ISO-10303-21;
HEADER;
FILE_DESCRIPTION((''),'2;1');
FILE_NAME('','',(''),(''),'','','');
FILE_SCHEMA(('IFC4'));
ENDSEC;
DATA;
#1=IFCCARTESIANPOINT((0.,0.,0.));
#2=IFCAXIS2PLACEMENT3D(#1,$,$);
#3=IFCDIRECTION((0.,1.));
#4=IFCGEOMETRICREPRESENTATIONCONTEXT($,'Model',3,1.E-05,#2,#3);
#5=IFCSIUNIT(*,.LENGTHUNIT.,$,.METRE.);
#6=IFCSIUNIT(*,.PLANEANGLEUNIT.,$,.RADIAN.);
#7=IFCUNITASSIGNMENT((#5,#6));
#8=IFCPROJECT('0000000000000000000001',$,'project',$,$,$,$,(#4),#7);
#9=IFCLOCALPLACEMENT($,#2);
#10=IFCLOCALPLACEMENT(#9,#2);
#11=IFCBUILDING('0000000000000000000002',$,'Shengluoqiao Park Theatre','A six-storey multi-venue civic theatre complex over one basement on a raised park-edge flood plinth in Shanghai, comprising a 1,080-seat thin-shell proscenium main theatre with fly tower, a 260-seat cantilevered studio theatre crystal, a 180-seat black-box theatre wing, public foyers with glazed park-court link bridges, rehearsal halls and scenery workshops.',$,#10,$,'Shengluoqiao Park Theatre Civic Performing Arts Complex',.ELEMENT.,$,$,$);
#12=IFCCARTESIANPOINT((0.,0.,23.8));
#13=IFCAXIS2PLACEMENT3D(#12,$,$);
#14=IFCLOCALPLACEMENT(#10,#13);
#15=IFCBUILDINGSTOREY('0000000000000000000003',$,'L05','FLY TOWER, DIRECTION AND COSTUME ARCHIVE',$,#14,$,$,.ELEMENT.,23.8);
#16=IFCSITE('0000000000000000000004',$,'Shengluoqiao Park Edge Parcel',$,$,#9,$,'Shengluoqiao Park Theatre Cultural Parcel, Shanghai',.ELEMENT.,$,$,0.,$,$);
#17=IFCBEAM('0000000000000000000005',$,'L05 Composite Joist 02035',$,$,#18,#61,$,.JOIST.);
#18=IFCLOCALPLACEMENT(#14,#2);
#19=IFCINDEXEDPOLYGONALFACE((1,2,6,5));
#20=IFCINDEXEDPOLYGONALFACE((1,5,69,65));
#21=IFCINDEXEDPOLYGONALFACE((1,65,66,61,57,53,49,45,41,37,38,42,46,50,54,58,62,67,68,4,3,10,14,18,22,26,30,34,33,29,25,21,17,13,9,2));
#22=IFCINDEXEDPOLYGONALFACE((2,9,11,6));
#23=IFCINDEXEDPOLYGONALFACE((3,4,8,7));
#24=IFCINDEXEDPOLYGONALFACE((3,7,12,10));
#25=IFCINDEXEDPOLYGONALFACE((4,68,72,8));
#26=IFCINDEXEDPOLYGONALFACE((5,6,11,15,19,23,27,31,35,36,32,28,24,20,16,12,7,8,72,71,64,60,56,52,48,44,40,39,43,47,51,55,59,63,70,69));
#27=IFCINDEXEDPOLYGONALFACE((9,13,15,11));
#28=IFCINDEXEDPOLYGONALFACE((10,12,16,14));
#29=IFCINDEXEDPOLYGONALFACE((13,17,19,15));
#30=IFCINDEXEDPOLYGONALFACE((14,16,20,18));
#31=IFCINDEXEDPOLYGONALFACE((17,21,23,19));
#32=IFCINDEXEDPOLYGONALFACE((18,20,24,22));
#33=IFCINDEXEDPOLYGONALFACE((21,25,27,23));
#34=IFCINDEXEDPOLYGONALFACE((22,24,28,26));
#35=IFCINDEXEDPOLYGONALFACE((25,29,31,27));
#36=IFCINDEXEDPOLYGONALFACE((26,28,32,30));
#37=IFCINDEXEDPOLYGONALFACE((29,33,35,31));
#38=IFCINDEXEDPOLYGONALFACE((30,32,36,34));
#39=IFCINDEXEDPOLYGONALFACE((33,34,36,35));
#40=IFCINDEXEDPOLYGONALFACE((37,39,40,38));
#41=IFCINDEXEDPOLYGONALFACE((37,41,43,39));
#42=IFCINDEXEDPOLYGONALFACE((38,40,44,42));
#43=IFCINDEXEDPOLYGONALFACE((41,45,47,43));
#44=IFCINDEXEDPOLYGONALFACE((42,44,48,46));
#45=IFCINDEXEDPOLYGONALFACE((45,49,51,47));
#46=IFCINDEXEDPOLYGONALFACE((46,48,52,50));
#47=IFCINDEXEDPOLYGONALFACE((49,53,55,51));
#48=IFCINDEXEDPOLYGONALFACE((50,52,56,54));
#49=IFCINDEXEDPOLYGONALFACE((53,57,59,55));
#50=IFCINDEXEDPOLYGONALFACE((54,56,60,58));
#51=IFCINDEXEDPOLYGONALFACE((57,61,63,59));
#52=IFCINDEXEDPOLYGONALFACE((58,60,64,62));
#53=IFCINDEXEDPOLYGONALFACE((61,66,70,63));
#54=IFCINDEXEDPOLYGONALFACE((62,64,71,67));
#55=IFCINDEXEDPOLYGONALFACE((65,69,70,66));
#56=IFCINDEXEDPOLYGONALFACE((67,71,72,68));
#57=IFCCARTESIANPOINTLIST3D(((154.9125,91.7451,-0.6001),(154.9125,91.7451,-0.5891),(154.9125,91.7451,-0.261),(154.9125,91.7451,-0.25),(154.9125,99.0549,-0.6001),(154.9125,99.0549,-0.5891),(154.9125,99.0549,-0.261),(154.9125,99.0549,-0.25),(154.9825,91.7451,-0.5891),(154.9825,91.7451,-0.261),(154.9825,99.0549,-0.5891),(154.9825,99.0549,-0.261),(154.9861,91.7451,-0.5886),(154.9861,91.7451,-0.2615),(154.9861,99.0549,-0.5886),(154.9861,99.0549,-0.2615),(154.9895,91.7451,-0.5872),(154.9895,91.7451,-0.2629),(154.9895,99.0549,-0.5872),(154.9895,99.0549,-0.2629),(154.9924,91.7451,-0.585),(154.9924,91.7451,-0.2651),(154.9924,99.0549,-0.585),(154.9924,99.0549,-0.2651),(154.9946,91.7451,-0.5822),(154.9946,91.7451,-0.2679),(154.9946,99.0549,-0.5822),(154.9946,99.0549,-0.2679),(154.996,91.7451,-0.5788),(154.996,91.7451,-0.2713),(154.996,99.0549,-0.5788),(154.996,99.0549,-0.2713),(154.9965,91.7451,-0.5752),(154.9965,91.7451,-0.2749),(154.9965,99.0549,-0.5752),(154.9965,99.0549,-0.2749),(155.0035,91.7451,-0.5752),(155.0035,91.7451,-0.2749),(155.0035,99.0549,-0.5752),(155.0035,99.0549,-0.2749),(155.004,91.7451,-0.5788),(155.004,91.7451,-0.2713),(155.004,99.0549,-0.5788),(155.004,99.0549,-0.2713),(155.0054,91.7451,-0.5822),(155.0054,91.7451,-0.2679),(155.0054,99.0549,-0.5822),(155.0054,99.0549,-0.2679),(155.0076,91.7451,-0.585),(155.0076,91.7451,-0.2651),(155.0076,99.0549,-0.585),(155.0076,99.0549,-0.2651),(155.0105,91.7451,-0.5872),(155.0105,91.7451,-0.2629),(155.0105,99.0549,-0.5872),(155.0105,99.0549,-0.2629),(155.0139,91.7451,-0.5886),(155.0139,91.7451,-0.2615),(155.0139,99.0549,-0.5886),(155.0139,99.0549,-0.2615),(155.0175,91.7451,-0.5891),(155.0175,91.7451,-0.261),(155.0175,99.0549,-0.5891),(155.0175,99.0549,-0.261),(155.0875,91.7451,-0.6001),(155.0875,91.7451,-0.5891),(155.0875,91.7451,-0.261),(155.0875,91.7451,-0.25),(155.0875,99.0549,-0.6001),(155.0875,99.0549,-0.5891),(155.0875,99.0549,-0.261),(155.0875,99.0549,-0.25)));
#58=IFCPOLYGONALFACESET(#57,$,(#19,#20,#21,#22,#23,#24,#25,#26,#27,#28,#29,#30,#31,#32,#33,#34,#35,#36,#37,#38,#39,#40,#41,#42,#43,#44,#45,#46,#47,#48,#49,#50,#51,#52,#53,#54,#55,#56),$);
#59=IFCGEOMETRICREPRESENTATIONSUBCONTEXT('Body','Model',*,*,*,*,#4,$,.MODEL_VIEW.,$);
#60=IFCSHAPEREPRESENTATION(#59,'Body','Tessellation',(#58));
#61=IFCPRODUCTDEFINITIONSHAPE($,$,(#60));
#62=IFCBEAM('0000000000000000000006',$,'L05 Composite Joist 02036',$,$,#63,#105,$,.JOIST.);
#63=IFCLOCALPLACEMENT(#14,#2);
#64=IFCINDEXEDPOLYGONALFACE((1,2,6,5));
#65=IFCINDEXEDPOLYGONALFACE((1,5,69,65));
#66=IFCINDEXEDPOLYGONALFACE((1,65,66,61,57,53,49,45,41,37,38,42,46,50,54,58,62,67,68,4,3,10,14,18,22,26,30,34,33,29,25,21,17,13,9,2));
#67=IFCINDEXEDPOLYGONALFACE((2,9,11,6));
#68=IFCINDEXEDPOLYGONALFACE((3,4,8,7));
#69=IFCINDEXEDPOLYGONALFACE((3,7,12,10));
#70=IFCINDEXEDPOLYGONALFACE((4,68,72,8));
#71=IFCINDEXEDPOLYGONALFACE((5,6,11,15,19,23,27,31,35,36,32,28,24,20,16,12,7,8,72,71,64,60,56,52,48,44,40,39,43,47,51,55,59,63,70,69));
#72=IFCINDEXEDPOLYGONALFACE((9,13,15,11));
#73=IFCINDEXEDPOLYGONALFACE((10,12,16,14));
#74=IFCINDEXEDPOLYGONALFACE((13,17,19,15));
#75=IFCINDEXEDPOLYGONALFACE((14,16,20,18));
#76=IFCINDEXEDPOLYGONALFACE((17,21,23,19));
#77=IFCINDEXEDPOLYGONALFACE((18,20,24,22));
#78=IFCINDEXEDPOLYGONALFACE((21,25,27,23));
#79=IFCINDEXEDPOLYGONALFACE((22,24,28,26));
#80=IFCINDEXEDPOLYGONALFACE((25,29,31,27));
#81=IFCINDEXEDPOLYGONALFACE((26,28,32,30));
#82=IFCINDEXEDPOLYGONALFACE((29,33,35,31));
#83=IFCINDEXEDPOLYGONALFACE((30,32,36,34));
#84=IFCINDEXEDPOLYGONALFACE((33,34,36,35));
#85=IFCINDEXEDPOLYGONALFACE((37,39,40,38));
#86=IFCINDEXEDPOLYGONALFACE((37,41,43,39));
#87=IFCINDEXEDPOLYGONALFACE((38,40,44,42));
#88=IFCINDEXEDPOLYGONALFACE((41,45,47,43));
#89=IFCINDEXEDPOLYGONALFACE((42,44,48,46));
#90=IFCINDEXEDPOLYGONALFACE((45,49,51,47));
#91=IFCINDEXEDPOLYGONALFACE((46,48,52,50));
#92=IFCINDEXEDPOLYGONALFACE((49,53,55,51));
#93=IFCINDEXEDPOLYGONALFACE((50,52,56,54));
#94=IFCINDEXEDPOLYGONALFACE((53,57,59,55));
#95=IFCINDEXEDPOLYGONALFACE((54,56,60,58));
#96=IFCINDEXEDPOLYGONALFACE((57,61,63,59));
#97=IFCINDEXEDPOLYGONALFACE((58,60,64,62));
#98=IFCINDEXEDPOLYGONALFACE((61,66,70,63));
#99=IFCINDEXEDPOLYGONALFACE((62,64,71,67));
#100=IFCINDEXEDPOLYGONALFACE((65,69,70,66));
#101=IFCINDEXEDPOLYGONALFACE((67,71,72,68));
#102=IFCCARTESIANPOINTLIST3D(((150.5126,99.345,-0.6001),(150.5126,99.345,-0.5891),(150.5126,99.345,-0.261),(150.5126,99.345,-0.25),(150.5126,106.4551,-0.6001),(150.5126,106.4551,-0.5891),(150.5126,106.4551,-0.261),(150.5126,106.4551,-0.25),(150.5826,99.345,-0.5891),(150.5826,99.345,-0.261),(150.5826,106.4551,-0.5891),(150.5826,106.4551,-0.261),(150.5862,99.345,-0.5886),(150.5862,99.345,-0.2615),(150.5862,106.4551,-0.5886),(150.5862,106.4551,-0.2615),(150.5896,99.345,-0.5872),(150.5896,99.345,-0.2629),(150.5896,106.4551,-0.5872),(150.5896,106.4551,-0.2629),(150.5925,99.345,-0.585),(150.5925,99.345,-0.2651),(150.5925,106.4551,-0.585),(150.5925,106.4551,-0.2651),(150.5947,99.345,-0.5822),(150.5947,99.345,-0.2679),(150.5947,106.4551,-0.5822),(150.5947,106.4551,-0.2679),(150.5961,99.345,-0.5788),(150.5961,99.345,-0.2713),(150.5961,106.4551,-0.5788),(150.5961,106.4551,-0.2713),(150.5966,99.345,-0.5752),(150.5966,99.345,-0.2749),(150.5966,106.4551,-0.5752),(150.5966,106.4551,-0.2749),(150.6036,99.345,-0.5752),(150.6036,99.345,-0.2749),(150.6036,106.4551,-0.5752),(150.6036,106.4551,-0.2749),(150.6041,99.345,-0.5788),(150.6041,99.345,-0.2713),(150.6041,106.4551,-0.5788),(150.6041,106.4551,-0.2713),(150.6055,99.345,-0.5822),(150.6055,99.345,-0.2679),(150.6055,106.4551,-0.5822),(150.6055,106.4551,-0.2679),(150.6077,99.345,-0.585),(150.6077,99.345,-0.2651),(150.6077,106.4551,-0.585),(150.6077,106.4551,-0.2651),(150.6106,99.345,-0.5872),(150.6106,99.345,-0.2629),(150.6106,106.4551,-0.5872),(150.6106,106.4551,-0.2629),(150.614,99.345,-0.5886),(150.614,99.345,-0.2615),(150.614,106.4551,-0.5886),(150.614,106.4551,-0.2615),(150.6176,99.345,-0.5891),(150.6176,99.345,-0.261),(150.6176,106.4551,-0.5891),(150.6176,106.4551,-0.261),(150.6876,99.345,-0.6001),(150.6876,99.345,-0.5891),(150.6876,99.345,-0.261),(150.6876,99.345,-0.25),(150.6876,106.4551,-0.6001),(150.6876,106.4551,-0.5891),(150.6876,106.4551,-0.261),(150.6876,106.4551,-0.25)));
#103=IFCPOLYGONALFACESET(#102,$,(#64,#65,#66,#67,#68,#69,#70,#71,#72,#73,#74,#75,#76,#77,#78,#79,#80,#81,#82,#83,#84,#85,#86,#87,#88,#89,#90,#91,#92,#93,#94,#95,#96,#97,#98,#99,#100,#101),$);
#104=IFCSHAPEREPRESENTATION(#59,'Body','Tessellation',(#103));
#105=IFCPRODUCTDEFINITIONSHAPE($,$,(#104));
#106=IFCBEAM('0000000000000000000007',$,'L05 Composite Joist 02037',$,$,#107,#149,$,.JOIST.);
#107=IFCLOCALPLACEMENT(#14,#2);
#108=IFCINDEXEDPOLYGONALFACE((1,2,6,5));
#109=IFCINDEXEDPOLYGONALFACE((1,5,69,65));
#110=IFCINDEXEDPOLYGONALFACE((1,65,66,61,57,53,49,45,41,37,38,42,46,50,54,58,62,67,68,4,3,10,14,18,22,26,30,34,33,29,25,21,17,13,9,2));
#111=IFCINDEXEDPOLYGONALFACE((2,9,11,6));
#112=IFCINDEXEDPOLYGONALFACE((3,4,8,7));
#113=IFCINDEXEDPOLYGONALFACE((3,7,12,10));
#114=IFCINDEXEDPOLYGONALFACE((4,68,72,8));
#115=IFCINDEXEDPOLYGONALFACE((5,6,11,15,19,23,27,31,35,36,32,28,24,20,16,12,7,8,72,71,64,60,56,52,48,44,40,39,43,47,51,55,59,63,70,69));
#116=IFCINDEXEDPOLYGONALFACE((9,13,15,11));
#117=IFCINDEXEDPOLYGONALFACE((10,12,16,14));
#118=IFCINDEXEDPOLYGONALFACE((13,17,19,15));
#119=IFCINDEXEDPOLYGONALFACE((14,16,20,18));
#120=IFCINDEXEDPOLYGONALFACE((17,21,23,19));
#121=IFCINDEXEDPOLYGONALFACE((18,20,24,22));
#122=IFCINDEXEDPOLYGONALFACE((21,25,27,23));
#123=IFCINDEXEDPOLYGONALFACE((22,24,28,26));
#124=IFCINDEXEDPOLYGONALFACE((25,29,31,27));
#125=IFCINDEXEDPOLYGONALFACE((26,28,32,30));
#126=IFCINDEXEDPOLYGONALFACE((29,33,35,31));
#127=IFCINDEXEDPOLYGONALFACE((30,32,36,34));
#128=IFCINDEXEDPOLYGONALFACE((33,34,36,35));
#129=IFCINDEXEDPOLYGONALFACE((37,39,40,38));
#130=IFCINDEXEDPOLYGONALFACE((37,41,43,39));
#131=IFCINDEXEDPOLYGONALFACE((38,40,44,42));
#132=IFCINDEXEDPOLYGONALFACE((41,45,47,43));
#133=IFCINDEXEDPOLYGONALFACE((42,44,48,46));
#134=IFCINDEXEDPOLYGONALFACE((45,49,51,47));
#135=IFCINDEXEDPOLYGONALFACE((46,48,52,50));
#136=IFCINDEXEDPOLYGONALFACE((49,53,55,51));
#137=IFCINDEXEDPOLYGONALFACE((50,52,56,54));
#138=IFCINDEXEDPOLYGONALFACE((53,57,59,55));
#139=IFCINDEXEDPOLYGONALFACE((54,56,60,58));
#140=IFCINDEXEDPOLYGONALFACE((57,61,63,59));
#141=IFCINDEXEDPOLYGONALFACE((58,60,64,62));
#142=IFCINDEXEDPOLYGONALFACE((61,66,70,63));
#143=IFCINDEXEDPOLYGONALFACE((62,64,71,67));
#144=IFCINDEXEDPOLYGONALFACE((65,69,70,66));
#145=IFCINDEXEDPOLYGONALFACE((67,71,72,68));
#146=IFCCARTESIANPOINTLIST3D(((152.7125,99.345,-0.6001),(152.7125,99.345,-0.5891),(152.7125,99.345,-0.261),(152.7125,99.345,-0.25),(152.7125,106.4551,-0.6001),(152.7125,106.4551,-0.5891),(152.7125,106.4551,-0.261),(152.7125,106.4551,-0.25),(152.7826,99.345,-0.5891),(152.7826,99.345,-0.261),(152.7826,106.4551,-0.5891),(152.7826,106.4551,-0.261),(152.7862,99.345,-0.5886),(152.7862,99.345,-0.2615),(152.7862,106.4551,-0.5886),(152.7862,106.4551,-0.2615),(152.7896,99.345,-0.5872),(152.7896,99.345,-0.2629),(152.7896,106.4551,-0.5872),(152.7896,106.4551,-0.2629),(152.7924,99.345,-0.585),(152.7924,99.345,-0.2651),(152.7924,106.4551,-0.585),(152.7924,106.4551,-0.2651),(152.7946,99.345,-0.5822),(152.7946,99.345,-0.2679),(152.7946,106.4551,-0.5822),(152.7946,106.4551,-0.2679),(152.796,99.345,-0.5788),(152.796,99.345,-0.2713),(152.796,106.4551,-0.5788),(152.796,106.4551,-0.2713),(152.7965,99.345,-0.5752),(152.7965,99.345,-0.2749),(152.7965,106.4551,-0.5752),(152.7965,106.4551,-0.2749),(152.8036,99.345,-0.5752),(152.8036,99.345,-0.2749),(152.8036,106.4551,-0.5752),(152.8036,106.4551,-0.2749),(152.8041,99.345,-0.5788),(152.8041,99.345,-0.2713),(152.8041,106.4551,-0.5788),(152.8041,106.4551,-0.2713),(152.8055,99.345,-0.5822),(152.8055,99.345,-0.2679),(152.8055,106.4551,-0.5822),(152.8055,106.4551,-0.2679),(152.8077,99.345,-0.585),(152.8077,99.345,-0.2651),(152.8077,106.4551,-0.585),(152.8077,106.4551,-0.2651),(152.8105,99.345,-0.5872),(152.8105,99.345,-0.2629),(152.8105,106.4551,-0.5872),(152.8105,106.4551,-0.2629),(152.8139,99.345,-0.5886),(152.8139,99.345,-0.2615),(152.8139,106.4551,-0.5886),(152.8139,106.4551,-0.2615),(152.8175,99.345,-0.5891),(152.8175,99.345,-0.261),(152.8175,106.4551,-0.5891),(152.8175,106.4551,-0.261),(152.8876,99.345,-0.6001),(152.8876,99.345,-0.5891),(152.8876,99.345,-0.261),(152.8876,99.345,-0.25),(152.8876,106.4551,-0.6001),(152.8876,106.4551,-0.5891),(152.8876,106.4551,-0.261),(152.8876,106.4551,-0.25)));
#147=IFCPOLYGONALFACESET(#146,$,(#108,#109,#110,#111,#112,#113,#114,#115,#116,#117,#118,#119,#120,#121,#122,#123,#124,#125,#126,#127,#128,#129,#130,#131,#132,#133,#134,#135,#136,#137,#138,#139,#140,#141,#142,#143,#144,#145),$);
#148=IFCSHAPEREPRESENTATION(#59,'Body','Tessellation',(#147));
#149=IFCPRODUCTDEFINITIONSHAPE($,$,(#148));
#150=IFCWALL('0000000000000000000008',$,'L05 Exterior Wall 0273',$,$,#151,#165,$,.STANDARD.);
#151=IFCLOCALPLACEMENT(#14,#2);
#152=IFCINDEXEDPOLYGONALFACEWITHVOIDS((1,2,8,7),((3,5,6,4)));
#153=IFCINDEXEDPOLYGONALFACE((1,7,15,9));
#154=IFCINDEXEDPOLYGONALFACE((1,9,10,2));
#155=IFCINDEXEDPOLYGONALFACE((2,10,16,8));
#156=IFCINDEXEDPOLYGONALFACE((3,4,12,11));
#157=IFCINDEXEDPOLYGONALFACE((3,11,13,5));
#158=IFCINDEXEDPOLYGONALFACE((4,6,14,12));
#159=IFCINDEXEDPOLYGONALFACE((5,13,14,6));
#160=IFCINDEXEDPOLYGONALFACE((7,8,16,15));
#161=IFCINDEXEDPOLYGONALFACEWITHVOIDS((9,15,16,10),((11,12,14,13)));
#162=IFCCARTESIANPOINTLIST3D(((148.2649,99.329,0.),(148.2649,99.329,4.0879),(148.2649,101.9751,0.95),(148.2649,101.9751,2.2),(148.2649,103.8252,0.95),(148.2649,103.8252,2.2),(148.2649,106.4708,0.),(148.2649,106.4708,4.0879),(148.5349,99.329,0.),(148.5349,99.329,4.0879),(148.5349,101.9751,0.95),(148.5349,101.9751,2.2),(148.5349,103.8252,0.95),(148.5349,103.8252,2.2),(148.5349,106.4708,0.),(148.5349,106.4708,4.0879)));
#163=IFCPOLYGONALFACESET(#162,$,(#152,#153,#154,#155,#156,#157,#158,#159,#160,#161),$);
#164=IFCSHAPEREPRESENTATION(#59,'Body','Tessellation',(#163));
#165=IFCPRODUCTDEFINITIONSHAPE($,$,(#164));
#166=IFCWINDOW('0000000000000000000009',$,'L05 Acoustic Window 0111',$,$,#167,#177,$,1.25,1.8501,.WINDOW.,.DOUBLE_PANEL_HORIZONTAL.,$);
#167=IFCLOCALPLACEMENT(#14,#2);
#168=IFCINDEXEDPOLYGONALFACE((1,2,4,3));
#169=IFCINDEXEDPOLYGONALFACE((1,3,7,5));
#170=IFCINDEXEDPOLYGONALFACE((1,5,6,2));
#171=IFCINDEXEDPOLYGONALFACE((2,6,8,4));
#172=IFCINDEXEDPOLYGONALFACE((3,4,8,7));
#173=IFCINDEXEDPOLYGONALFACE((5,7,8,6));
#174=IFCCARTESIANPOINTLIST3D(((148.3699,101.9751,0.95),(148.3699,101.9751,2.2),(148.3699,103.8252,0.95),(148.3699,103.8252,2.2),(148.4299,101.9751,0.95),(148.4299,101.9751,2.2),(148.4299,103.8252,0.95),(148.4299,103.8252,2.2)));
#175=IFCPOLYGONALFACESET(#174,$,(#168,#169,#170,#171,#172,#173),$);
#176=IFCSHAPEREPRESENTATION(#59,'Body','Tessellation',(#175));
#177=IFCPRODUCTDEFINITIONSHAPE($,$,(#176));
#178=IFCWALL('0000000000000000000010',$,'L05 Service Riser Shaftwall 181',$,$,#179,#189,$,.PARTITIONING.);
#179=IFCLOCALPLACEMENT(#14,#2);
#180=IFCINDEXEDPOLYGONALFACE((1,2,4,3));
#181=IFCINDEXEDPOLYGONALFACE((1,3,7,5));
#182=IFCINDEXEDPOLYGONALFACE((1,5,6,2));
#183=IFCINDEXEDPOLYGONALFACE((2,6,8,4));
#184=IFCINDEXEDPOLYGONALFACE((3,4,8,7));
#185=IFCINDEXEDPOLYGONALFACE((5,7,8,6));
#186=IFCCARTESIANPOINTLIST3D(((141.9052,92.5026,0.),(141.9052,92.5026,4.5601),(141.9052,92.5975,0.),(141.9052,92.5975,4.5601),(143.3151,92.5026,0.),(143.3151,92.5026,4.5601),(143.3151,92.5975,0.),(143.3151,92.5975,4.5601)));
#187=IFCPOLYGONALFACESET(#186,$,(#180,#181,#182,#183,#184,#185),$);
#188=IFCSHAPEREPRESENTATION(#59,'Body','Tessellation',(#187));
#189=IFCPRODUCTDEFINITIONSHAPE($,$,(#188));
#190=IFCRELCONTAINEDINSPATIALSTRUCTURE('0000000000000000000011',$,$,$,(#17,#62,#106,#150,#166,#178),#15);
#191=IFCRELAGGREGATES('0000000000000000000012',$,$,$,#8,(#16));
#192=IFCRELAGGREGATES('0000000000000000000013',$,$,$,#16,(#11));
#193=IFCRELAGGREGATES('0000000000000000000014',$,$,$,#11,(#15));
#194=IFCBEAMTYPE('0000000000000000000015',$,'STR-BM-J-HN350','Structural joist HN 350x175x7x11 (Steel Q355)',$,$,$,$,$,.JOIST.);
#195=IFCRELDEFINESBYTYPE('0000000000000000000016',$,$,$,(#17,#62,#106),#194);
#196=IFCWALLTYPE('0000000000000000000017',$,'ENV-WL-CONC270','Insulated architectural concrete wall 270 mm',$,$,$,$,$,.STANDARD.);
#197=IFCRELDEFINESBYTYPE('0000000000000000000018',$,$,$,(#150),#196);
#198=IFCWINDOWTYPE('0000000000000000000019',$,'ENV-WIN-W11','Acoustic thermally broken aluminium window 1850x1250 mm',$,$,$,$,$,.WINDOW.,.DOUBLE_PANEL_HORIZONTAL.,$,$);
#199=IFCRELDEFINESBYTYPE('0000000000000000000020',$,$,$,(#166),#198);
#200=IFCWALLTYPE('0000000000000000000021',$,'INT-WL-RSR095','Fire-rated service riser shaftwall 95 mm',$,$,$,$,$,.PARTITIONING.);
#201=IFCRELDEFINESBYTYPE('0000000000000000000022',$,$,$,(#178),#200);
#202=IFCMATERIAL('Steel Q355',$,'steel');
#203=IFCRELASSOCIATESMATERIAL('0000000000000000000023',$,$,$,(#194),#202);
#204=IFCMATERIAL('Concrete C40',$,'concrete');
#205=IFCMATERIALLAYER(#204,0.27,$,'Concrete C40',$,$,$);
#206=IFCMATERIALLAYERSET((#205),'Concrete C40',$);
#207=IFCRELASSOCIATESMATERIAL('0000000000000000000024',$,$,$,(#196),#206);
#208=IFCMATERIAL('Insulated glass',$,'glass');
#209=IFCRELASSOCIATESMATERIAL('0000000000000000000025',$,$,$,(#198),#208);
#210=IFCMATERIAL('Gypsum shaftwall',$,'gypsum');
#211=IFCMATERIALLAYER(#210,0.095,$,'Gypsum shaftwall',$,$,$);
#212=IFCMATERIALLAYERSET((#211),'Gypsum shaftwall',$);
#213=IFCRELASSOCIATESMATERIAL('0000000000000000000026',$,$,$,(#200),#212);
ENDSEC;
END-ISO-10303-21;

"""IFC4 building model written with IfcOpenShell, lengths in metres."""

from ifc_helpers import new_model, si_unit, direction, frame, frame_2d, origin, origin_2d, place, context, subcontext, project, spatial, rectangle, i_section, extrude, material, layer, layer_set, material_profile, profile_set, type_object, element, fill, save


model = new_model("IFC4")

# Units and contexts
model_context = context("Model", 3, precision=1e-05, world=origin(), true_north=direction((0.0, 1.0)))
body_context = subcontext(model_context, "Body", "Model", "MODEL_VIEW")
ifc_project = project(units=[si_unit("LENGTHUNIT", "METRE"), si_unit("PLANEANGLEUNIT", "RADIAN")], contexts=[model_context])

# Site, building, storey
site_placement = place(None, origin())
site = spatial("IfcSite", under=ifc_project, at=site_placement, Name="Shengluoqiao Park Edge Parcel", LongName="Shengluoqiao Park Theatre Cultural Parcel, Shanghai", CompositionType="ELEMENT", RefElevation=0.0)
building_placement = place(site_placement, origin())
building = spatial("IfcBuilding", under=site, at=building_placement, Name="Shengluoqiao Park Theatre", Description="A six-storey multi-venue civic theatre complex over one basement on a raised park-edge flood plinth in Shanghai, comprising a 1,080-seat thin-shell proscenium main theatre with fly tower, a 260-seat cantilevered studio theatre crystal, a 180-seat black-box theatre wing, public foyers with glazed park-court link bridges, rehearsal halls and scenery workshops.", LongName="Shengluoqiao Park Theatre Civic Performing Arts Complex", CompositionType="ELEMENT")
storey_placement = place(building_placement, frame((0.0, 0.0, 23.8)))
storey = spatial("IfcBuildingStorey", under=building, at=storey_placement, Name="L05", Description="FLY TOWER, DIRECTION AND COSTUME ARCHIVE", CompositionType="ELEMENT", Elevation=23.8)

# Shared definitions
ifc_material_1 = material(Name="Steel Q355", Category="steel")

# Beams
ifc_material_profile_1 = material_profile(ifc_material_1, i_section(OverallWidth=0.175, OverallDepth=0.3501, WebThickness=0.0071, FlangeThickness=0.011, FilletRadius=0.0139, at=origin_2d()), Name="HN 350x175x7x11")
ifc_profile_set_1 = profile_set([ifc_material_profile_1], Name="Steel Q355")
beam_type_1 = type_object("IfcBeamType", Name="STR-BM-J-HN350", Description="Structural joist HN 350x175x7x11 (Steel Q355)", PredefinedType="JOIST", material=ifc_profile_set_1)
for number, where, z_axis, x_axis, name in (
    (1, (155.0, 91.7451, -0.425), (0.0, 1.0, 0.0), (-1.0, 0.0, 0.0), "L05 Composite Joist 02035"),
):
    element("IfcBeam", number, at=place(storey_placement, frame(where, z_axis=z_axis, x_axis=x_axis)), inside=storey, type_object=beam_type_1, Name=name, PredefinedType="JOIST", context=body_context, shape_type="SweptSolid", body=[
        extrude(i_section(OverallWidth=0.175, OverallDepth=0.3501, WebThickness=0.0071, FlangeThickness=0.011, FilletRadius=0.0139, at=origin_2d()), origin(), (0.0, 0.0, 1.0), 7.3098),
    ])
for number, where, z_axis, x_axis, name in (
    (2, (150.6001, 99.345, -0.425), (0.0, 1.0, 0.0), (-1.0, 0.0, 0.0), "L05 Composite Joist 02036"),
    (3, (152.8, 99.345, -0.425), (0.0, 1.0, 0.0), (-1.0, 0.0, 0.0), "L05 Composite Joist 02037"),
):
    element("IfcBeam", number, at=place(storey_placement, frame(where, z_axis=z_axis, x_axis=x_axis)), inside=storey, type_object=beam_type_1, Name=name, PredefinedType="JOIST", context=body_context, shape_type="SweptSolid", body=[
        extrude(i_section(OverallWidth=0.175, OverallDepth=0.3501, WebThickness=0.0071, FlangeThickness=0.011, FilletRadius=0.0139, at=origin_2d()), origin(), (0.0, 0.0, 1.0), 7.1101),
    ])

# Wall, opening, window
ifc_material_2 = material(Name="Concrete C40", Category="concrete")
ifc_layer_1 = layer(ifc_material_2, 0.27, Name="Concrete C40")
ifc_layer_set_1 = layer_set([ifc_layer_1], Name="Concrete C40")
wall_type_1 = type_object("IfcWallType", Name="ENV-WL-CONC270", Description="Insulated architectural concrete wall 270 mm", PredefinedType="STANDARD", material=ifc_layer_set_1)
wall_placement = place(storey_placement, frame((148.3999, 99.3291, 0.0), z_axis=(0.0, 0.0, 1.0), x_axis=(0.0, 1.0, 0.0)))
wall = element("IfcWall", 4, at=wall_placement, inside=storey, type_object=wall_type_1, Name="L05 Exterior Wall 0273", PredefinedType="STANDARD", context=body_context, shape_type="SweptSolid", body=[
    extrude(rectangle(XDim=7.1418, YDim=0.27, at=frame_2d((3.5708, 0.0))), origin(), (0.0, 0.0, 1.0), 4.0879),
])
opening_placement = place(wall_placement, frame((2.646, 0.0, 0.95)))
opening = element("IfcOpeningElement", 5, at=opening_placement, cuts=wall, PredefinedType="OPENING", context=body_context, shape_type="SweptSolid", body=[
    extrude(rectangle(XDim=1.8501, YDim=1.25, at=frame_2d((0.925, 0.625))), frame((0.0, 0.145, 0.0), z_axis=(0.0, -1.0, 0.0), x_axis=(1.0, 0.0, 0.0)), (0.0, 0.0, 1.0), 0.29),
])
ifc_material_3 = material(Name="Insulated glass", Category="glass")
window_type = type_object("IfcWindowType", Name="ENV-WIN-W11", Description="Acoustic thermally broken aluminium window 1850x1250 mm", PartitioningType="DOUBLE_PANEL_HORIZONTAL", PredefinedType="WINDOW", material=ifc_material_3)
window_placement = place(opening_placement, origin())
window = element("IfcWindow", 6, at=window_placement, inside=storey, type_object=window_type, Name="L05 Acoustic Window 0111", OverallHeight=1.25, OverallWidth=1.8501, PartitioningType="DOUBLE_PANEL_HORIZONTAL", PredefinedType="WINDOW", context=body_context, shape_type="SweptSolid", body=[
    extrude(rectangle(XDim=1.8501, YDim=1.25, at=frame_2d((0.925, 0.625))), frame((0.0, 0.03, 0.0), z_axis=(0.0, -1.0, 0.0), x_axis=(1.0, 0.0, 0.0)), (0.0, 0.0, 1.0), 0.0601),
])
fill(opening, window)

# Wall
ifc_material_4 = material(Name="Gypsum shaftwall", Category="gypsum")
ifc_layer_2 = layer(ifc_material_4, 0.095, Name="Gypsum shaftwall")
ifc_layer_set_2 = layer_set([ifc_layer_2], Name="Gypsum shaftwall")
wall_type_2 = type_object("IfcWallType", Name="INT-WL-RSR095", Description="Fire-rated service riser shaftwall 95 mm", PredefinedType="PARTITIONING", material=ifc_layer_set_2)
for number, where, z_axis, x_axis, name in (
    (7, (141.905, 92.55, 0.0), (0.0, 0.0, 1.0), (1.0, 0.0, 0.0), "L05 Service Riser Shaftwall 181"),
):
    element("IfcWall", number, at=place(storey_placement, frame(where, z_axis=z_axis, x_axis=x_axis)), inside=storey, type_object=wall_type_2, Name=name, PredefinedType="PARTITIONING", context=body_context, shape_type="SweptSolid", body=[
        extrude(rectangle(XDim=1.4099, YDim=0.095, at=frame_2d((0.7051, 0.0))), origin(), (0.0, 0.0, 1.0), 4.5601),
    ])

save(model, "model.ifc")
